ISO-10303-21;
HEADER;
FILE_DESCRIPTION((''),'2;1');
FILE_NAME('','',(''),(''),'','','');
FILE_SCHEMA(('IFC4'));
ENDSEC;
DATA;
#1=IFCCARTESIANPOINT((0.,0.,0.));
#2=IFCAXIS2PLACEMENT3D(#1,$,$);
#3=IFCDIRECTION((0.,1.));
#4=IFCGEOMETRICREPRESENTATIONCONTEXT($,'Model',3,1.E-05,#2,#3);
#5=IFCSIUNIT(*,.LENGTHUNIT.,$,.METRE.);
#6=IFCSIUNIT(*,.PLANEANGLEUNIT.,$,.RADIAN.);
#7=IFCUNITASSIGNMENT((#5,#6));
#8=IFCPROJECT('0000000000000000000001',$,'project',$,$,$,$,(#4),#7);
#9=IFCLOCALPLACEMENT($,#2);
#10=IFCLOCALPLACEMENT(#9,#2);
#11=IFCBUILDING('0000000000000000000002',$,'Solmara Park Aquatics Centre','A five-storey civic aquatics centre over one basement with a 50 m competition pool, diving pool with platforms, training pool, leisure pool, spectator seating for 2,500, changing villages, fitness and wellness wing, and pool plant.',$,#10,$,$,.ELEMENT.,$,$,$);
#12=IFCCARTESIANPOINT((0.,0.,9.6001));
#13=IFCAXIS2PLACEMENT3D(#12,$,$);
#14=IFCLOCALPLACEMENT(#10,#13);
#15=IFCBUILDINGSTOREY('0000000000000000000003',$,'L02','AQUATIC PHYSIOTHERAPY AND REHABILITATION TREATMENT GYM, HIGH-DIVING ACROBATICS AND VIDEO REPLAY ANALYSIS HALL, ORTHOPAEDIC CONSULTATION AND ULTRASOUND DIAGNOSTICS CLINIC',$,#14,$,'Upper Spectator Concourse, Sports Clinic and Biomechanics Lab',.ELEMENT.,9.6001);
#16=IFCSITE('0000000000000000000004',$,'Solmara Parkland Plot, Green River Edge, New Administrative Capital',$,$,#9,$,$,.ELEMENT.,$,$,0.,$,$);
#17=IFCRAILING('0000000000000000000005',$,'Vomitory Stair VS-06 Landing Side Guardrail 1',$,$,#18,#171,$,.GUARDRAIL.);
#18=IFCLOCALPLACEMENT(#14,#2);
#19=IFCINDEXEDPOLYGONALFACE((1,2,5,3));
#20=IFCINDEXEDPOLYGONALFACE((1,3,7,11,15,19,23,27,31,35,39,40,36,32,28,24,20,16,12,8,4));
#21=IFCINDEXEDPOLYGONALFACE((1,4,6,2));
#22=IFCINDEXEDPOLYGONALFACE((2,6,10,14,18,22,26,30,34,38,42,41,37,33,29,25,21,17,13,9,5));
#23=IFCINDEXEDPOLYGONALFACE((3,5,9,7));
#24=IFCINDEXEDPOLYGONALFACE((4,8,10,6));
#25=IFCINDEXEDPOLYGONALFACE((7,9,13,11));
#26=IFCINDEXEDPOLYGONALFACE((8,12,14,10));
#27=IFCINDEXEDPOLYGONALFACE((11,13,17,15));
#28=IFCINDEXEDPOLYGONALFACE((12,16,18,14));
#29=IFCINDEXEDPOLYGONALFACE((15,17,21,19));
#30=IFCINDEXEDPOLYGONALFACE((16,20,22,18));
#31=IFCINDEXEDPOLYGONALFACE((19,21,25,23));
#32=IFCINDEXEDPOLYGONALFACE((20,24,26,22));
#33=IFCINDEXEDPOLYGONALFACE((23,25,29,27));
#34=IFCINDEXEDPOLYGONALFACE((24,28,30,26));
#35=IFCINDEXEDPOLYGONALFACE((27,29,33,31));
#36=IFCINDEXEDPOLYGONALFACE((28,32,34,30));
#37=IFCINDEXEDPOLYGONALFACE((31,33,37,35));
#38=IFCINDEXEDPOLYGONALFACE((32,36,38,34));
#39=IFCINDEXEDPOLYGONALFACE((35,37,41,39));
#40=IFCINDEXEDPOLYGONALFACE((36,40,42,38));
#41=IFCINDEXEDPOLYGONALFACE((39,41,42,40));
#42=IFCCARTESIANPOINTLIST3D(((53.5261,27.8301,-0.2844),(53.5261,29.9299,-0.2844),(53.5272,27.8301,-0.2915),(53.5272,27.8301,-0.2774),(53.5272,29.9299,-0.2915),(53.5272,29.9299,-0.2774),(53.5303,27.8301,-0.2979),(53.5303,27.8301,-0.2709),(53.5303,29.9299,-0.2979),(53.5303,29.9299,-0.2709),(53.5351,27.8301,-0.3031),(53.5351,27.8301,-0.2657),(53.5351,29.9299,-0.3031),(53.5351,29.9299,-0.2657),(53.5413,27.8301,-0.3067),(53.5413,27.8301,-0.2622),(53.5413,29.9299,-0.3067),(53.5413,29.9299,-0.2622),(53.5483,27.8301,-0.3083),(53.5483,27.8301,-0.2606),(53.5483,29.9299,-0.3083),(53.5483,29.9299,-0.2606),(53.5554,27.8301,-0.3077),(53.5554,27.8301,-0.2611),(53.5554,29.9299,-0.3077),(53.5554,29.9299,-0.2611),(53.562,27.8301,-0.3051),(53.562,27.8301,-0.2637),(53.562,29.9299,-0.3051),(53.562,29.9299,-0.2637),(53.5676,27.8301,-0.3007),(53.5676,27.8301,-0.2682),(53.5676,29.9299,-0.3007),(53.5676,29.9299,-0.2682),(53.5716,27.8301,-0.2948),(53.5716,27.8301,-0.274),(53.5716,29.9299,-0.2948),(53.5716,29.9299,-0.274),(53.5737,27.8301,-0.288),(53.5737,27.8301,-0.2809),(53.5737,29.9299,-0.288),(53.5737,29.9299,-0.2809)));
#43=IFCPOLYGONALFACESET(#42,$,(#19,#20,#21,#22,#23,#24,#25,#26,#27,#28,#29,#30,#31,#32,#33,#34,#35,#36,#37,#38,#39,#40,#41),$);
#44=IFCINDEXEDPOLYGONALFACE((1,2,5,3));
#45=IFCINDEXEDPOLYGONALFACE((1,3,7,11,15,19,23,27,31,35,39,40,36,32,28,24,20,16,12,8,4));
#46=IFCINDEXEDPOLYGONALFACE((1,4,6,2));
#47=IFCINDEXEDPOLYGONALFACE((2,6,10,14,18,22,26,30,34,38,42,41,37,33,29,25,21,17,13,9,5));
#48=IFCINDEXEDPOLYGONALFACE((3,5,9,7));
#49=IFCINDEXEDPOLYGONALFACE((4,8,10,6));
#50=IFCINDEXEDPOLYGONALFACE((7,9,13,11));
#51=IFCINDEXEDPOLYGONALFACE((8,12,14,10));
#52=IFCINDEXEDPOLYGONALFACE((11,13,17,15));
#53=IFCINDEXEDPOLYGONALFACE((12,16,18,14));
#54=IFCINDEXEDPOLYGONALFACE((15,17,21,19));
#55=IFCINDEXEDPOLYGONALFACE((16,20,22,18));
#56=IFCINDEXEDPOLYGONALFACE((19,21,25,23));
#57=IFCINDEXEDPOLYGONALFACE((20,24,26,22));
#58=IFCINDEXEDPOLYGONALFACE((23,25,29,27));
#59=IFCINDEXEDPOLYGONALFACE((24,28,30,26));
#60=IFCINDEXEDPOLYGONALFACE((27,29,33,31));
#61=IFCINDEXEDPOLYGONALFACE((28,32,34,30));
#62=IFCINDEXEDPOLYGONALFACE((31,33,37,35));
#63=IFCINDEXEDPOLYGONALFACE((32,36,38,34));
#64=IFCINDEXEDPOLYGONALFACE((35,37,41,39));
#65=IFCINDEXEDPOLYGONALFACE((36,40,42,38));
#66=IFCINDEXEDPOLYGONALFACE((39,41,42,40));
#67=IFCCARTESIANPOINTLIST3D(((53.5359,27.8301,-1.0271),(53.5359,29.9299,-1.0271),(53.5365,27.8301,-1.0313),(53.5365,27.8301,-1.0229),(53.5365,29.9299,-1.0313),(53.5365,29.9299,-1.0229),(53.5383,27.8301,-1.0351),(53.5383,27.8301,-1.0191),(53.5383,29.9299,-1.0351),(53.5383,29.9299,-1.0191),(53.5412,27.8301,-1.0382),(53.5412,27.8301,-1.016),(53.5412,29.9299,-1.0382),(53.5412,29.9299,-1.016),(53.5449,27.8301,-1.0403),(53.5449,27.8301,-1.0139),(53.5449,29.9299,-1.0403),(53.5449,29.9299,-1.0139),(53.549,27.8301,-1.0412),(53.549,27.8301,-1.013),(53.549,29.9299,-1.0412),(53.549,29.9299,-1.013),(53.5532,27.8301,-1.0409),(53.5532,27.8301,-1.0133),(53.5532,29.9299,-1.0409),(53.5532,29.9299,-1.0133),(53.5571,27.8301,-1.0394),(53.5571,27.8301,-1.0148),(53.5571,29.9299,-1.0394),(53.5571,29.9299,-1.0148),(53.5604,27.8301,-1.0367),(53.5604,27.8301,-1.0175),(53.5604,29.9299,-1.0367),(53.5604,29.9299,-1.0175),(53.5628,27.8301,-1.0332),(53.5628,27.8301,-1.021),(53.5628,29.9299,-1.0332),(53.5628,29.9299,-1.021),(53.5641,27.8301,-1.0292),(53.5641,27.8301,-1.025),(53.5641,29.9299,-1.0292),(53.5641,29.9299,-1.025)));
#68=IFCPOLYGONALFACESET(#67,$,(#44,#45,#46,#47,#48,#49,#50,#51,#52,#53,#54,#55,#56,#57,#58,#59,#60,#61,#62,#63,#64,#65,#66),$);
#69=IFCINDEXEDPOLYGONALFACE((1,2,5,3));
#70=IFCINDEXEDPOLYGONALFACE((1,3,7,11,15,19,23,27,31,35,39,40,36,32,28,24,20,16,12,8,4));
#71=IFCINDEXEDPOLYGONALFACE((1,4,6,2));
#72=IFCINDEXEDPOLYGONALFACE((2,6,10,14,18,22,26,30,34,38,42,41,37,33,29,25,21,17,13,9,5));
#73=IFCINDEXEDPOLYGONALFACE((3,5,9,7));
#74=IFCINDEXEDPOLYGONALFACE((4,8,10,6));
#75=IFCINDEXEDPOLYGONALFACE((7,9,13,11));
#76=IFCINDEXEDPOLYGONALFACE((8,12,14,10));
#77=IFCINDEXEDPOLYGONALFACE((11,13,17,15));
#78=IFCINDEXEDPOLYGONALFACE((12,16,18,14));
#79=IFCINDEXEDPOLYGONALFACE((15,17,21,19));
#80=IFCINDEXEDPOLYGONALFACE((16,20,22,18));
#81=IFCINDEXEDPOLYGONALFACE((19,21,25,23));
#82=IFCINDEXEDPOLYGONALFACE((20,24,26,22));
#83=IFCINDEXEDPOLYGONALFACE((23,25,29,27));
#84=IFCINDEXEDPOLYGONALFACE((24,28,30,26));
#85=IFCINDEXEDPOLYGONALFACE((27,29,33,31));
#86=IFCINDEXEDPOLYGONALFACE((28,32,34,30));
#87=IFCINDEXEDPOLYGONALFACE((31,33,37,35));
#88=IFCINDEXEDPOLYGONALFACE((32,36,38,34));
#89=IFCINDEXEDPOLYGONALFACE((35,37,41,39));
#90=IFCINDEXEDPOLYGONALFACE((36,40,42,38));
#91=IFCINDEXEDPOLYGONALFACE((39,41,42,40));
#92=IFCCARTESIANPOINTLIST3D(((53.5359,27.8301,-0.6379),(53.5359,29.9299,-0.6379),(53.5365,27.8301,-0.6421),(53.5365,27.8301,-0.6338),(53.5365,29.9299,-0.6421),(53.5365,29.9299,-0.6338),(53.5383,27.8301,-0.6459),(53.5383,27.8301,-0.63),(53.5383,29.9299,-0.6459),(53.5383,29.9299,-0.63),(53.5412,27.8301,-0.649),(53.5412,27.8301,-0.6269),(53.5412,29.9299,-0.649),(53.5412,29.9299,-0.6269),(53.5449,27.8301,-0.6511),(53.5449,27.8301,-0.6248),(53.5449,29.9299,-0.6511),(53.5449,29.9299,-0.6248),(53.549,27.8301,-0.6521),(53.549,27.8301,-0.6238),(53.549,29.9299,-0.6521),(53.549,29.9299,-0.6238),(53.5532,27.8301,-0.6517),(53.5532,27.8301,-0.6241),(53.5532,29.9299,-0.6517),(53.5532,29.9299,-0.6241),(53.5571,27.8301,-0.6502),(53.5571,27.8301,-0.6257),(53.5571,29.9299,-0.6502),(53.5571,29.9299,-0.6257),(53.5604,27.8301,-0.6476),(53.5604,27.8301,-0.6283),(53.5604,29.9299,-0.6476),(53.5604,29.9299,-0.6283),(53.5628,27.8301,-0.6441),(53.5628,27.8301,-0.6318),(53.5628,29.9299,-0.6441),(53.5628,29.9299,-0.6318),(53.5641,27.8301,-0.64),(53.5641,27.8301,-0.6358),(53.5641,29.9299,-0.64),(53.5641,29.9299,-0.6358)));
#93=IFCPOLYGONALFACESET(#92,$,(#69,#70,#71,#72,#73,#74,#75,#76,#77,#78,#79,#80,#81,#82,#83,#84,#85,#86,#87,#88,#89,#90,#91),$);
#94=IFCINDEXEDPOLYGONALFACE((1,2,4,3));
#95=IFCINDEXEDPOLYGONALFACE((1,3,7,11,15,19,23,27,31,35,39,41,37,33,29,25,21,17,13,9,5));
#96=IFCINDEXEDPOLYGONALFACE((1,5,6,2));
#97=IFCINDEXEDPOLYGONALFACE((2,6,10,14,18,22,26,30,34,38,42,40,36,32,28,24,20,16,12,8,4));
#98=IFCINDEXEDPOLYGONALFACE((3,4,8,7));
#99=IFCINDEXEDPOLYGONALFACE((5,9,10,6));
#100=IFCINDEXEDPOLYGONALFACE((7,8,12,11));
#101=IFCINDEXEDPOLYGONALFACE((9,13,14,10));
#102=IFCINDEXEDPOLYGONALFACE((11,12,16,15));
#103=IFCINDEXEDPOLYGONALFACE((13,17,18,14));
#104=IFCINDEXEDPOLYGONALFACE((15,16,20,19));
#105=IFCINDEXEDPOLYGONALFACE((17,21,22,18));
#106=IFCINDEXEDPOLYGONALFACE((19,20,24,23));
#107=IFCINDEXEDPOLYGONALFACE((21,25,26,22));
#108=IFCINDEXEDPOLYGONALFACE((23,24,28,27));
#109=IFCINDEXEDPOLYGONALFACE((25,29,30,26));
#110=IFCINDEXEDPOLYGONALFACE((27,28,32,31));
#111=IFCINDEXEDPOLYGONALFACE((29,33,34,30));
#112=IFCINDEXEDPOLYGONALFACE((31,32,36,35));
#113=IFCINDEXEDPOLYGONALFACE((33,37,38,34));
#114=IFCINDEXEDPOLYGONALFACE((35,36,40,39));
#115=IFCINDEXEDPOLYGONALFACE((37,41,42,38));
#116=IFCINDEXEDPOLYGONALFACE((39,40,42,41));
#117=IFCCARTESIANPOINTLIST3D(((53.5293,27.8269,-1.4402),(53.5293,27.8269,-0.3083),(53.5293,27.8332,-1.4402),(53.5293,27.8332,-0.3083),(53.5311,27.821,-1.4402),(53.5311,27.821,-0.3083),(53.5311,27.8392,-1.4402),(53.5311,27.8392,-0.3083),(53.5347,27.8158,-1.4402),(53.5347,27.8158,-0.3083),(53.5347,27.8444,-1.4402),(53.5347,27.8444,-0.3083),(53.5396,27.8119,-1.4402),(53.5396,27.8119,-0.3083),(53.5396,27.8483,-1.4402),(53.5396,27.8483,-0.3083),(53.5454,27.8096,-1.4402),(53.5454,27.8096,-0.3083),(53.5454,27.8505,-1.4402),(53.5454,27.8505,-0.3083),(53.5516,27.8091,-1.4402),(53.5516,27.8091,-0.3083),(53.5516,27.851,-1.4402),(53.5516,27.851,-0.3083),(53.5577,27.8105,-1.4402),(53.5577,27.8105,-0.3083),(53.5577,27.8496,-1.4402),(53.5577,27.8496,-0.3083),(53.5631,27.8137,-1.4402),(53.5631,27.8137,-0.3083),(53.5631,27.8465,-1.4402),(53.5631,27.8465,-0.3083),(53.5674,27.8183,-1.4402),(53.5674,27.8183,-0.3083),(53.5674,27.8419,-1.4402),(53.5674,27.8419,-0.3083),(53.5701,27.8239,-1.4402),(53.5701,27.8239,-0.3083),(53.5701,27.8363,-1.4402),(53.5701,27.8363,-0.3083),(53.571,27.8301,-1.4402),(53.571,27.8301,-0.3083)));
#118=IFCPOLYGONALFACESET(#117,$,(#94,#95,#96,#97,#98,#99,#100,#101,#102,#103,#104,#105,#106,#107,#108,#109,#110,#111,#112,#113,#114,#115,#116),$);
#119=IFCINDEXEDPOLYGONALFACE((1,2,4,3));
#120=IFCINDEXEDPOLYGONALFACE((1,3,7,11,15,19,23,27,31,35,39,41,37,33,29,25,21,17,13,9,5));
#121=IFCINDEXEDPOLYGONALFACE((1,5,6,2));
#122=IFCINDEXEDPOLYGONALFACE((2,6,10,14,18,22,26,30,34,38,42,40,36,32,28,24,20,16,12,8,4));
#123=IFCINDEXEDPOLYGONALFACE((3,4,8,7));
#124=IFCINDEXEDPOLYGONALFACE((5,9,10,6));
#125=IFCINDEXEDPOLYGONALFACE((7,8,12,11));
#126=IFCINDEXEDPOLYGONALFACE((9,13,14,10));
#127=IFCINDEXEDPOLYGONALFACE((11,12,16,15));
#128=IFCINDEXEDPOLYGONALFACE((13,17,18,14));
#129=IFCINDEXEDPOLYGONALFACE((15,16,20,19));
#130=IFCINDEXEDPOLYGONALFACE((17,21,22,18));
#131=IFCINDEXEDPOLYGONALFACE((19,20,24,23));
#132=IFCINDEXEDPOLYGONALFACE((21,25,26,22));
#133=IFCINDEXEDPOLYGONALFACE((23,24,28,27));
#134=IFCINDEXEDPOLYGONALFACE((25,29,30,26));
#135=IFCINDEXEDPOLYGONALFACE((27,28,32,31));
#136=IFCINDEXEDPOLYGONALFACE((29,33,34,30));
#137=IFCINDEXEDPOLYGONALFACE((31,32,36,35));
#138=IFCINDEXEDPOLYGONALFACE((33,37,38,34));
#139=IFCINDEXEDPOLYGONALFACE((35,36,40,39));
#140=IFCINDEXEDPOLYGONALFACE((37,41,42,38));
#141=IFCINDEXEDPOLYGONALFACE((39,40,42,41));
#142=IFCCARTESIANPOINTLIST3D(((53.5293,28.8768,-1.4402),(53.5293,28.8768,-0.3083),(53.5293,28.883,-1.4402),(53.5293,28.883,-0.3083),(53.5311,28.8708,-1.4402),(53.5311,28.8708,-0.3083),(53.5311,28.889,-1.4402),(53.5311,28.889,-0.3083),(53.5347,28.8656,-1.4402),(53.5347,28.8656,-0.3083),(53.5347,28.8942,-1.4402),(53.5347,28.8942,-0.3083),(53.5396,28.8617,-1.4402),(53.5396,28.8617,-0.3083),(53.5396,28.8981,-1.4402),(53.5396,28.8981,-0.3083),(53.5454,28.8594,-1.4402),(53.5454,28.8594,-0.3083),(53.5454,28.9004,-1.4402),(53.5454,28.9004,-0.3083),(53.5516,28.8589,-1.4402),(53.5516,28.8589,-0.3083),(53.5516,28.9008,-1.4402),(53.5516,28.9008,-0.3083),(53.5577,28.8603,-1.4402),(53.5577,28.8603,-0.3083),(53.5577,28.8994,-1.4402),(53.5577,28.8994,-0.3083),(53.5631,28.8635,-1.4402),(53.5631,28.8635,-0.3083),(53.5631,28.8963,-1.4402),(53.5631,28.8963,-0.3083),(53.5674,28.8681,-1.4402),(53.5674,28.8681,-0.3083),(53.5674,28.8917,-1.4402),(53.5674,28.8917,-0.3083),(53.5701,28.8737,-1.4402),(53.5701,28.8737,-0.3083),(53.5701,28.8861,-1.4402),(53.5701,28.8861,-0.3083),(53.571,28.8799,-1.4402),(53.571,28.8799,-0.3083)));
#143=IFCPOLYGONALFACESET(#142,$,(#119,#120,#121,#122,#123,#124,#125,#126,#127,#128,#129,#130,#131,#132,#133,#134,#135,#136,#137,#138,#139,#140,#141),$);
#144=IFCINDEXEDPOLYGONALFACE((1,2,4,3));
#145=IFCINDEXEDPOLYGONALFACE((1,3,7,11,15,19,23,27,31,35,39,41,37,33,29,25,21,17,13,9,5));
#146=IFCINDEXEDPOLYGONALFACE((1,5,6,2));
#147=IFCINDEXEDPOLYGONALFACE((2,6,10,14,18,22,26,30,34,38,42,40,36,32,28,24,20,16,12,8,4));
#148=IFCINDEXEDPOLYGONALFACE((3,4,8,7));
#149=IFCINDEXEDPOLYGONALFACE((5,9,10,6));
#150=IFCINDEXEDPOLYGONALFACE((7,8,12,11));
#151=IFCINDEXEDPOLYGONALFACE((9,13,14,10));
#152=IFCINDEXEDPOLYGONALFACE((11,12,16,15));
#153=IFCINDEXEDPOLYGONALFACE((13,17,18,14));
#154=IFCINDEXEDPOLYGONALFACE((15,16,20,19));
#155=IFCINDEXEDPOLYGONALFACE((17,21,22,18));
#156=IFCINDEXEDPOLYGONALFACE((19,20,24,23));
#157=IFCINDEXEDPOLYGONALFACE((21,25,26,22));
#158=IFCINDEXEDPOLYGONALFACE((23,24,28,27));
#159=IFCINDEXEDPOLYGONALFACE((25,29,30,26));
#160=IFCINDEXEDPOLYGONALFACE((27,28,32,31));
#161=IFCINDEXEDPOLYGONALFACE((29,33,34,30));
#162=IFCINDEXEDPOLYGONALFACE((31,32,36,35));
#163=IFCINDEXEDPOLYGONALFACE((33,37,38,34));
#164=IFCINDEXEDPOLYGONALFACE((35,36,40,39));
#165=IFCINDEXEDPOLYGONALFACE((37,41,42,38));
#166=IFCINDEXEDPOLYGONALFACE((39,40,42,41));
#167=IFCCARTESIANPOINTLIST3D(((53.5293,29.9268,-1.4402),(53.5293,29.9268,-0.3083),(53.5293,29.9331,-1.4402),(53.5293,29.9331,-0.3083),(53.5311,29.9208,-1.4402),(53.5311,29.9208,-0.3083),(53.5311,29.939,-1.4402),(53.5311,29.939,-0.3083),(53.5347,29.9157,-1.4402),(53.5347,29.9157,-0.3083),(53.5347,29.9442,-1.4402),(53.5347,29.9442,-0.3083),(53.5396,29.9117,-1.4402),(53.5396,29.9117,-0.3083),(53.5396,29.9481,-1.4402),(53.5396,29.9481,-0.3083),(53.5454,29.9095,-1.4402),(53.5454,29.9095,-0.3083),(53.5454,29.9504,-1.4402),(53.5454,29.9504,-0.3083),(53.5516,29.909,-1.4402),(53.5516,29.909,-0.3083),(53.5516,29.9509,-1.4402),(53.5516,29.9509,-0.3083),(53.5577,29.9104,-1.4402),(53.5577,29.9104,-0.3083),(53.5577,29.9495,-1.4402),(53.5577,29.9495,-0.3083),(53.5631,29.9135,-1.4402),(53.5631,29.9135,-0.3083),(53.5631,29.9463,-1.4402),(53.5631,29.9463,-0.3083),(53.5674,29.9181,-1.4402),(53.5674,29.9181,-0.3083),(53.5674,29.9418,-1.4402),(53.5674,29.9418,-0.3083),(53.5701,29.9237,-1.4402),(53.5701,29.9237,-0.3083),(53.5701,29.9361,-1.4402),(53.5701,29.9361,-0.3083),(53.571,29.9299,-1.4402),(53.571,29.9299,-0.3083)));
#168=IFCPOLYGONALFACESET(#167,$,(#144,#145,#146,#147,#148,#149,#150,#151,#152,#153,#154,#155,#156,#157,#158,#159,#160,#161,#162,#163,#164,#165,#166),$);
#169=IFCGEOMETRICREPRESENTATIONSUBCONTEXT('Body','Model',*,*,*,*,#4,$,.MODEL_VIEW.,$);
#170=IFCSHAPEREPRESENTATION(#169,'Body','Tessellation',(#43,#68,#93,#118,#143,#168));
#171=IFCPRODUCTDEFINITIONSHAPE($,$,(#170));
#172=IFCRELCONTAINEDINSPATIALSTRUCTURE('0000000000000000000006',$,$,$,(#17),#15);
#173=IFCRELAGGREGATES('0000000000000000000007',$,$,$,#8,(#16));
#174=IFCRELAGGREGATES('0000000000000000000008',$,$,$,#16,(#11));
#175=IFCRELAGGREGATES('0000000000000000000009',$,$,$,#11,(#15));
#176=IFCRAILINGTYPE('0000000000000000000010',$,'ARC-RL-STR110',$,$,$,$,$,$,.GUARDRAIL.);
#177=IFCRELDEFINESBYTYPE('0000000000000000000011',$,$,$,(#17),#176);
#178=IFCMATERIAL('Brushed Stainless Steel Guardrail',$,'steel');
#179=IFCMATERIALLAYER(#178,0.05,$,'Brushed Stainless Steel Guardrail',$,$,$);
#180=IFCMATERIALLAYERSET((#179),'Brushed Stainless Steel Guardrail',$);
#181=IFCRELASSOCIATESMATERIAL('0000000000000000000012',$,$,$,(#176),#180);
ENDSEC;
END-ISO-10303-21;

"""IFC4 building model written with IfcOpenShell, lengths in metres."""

from ifc_helpers import new_model, si_unit, direction, frame, origin, origin_2d, place, context, subcontext, project, spatial, circle, extrude, material, layer, layer_set, type_object, element, save


model = new_model("IFC4")

# Units and contexts
model_context = context("Model", 3, precision=1e-05, world=origin(), true_north=direction((0.0, 1.0)))
body_context = subcontext(model_context, "Body", "Model", "MODEL_VIEW")
ifc_project = project(units=[si_unit("LENGTHUNIT", "METRE"), si_unit("PLANEANGLEUNIT", "RADIAN")], contexts=[model_context])

# Site, building, storey
site_placement = place(None, origin())
site = spatial("IfcSite", under=ifc_project, at=site_placement, Name="Solmara Parkland Plot, Green River Edge, New Administrative Capital", CompositionType="ELEMENT", RefElevation=0.0)
building_placement = place(site_placement, origin())
building = spatial("IfcBuilding", under=site, at=building_placement, Name="Solmara Park Aquatics Centre", Description="A five-storey civic aquatics centre over one basement with a 50 m competition pool, diving pool with platforms, training pool, leisure pool, spectator seating for 2,500, changing villages, fitness and wellness wing, and pool plant.", CompositionType="ELEMENT")
storey_placement = place(building_placement, frame((0.0, 0.0, 9.6001)))
storey = spatial("IfcBuildingStorey", under=building, at=storey_placement, Name="L02", Description="AQUATIC PHYSIOTHERAPY AND REHABILITATION TREATMENT GYM, HIGH-DIVING ACROBATICS AND VIDEO REPLAY ANALYSIS HALL, ORTHOPAEDIC CONSULTATION AND ULTRASOUND DIAGNOSTICS CLINIC", LongName="Upper Spectator Concourse, Sports Clinic and Biomechanics Lab", CompositionType="ELEMENT", Elevation=9.6001)

# Railing
ifc_material_1 = material(Name="Brushed Stainless Steel Guardrail", Category="steel")
ifc_layer_1 = layer(ifc_material_1, 0.05, Name="Brushed Stainless Steel Guardrail")
ifc_layer_set_1 = layer_set([ifc_layer_1], Name="Brushed Stainless Steel Guardrail")
railing_type_1 = type_object("IfcRailingType", Name="ARC-RL-STR110", PredefinedType="GUARDRAIL", material=ifc_layer_set_1)
railing_1_placement = place(storey_placement, frame((53.55, 27.8301, -1.4402)))
element("IfcRailing", 1, at=railing_1_placement, inside=storey, type_object=railing_type_1, Name="Vomitory Stair VS-06 Landing Side Guardrail 1", PredefinedType="GUARDRAIL", context=body_context, shape_type="SweptSolid", body=[
    extrude(circle(Radius=0.0239, at=origin_2d()), frame((0.0, 0.0, 1.1558), z_axis=(0.0, 1.0, 0.0), x_axis=(-1.0, 0.0, 0.0)), (0.0, 0.0, 1.0), 2.0999),
    extrude(circle(Radius=0.0142, at=origin_2d()), frame((0.0, 0.0, 0.4131), z_axis=(0.0, 1.0, 0.0), x_axis=(-1.0, 0.0, 0.0)), (0.0, 0.0, 1.0), 2.0999),
    extrude(circle(Radius=0.0142, at=origin_2d()), frame((0.0, 0.0, 0.8022), z_axis=(0.0, 1.0, 0.0), x_axis=(-1.0, 0.0, 0.0)), (0.0, 0.0, 1.0), 2.0999),
    extrude(circle(Radius=0.021, at=origin_2d()), origin(), (0.0, 0.0, 1.0), 1.1318),
    extrude(circle(Radius=0.021, at=origin_2d()), frame((0.0, 1.0498, 0.0)), (0.0, 0.0, 1.0), 1.1318),
    extrude(circle(Radius=0.021, at=origin_2d()), frame((0.0, 2.0999, 0.0)), (0.0, 0.0, 1.0), 1.1318),
])

save(model, "model.ifc")
